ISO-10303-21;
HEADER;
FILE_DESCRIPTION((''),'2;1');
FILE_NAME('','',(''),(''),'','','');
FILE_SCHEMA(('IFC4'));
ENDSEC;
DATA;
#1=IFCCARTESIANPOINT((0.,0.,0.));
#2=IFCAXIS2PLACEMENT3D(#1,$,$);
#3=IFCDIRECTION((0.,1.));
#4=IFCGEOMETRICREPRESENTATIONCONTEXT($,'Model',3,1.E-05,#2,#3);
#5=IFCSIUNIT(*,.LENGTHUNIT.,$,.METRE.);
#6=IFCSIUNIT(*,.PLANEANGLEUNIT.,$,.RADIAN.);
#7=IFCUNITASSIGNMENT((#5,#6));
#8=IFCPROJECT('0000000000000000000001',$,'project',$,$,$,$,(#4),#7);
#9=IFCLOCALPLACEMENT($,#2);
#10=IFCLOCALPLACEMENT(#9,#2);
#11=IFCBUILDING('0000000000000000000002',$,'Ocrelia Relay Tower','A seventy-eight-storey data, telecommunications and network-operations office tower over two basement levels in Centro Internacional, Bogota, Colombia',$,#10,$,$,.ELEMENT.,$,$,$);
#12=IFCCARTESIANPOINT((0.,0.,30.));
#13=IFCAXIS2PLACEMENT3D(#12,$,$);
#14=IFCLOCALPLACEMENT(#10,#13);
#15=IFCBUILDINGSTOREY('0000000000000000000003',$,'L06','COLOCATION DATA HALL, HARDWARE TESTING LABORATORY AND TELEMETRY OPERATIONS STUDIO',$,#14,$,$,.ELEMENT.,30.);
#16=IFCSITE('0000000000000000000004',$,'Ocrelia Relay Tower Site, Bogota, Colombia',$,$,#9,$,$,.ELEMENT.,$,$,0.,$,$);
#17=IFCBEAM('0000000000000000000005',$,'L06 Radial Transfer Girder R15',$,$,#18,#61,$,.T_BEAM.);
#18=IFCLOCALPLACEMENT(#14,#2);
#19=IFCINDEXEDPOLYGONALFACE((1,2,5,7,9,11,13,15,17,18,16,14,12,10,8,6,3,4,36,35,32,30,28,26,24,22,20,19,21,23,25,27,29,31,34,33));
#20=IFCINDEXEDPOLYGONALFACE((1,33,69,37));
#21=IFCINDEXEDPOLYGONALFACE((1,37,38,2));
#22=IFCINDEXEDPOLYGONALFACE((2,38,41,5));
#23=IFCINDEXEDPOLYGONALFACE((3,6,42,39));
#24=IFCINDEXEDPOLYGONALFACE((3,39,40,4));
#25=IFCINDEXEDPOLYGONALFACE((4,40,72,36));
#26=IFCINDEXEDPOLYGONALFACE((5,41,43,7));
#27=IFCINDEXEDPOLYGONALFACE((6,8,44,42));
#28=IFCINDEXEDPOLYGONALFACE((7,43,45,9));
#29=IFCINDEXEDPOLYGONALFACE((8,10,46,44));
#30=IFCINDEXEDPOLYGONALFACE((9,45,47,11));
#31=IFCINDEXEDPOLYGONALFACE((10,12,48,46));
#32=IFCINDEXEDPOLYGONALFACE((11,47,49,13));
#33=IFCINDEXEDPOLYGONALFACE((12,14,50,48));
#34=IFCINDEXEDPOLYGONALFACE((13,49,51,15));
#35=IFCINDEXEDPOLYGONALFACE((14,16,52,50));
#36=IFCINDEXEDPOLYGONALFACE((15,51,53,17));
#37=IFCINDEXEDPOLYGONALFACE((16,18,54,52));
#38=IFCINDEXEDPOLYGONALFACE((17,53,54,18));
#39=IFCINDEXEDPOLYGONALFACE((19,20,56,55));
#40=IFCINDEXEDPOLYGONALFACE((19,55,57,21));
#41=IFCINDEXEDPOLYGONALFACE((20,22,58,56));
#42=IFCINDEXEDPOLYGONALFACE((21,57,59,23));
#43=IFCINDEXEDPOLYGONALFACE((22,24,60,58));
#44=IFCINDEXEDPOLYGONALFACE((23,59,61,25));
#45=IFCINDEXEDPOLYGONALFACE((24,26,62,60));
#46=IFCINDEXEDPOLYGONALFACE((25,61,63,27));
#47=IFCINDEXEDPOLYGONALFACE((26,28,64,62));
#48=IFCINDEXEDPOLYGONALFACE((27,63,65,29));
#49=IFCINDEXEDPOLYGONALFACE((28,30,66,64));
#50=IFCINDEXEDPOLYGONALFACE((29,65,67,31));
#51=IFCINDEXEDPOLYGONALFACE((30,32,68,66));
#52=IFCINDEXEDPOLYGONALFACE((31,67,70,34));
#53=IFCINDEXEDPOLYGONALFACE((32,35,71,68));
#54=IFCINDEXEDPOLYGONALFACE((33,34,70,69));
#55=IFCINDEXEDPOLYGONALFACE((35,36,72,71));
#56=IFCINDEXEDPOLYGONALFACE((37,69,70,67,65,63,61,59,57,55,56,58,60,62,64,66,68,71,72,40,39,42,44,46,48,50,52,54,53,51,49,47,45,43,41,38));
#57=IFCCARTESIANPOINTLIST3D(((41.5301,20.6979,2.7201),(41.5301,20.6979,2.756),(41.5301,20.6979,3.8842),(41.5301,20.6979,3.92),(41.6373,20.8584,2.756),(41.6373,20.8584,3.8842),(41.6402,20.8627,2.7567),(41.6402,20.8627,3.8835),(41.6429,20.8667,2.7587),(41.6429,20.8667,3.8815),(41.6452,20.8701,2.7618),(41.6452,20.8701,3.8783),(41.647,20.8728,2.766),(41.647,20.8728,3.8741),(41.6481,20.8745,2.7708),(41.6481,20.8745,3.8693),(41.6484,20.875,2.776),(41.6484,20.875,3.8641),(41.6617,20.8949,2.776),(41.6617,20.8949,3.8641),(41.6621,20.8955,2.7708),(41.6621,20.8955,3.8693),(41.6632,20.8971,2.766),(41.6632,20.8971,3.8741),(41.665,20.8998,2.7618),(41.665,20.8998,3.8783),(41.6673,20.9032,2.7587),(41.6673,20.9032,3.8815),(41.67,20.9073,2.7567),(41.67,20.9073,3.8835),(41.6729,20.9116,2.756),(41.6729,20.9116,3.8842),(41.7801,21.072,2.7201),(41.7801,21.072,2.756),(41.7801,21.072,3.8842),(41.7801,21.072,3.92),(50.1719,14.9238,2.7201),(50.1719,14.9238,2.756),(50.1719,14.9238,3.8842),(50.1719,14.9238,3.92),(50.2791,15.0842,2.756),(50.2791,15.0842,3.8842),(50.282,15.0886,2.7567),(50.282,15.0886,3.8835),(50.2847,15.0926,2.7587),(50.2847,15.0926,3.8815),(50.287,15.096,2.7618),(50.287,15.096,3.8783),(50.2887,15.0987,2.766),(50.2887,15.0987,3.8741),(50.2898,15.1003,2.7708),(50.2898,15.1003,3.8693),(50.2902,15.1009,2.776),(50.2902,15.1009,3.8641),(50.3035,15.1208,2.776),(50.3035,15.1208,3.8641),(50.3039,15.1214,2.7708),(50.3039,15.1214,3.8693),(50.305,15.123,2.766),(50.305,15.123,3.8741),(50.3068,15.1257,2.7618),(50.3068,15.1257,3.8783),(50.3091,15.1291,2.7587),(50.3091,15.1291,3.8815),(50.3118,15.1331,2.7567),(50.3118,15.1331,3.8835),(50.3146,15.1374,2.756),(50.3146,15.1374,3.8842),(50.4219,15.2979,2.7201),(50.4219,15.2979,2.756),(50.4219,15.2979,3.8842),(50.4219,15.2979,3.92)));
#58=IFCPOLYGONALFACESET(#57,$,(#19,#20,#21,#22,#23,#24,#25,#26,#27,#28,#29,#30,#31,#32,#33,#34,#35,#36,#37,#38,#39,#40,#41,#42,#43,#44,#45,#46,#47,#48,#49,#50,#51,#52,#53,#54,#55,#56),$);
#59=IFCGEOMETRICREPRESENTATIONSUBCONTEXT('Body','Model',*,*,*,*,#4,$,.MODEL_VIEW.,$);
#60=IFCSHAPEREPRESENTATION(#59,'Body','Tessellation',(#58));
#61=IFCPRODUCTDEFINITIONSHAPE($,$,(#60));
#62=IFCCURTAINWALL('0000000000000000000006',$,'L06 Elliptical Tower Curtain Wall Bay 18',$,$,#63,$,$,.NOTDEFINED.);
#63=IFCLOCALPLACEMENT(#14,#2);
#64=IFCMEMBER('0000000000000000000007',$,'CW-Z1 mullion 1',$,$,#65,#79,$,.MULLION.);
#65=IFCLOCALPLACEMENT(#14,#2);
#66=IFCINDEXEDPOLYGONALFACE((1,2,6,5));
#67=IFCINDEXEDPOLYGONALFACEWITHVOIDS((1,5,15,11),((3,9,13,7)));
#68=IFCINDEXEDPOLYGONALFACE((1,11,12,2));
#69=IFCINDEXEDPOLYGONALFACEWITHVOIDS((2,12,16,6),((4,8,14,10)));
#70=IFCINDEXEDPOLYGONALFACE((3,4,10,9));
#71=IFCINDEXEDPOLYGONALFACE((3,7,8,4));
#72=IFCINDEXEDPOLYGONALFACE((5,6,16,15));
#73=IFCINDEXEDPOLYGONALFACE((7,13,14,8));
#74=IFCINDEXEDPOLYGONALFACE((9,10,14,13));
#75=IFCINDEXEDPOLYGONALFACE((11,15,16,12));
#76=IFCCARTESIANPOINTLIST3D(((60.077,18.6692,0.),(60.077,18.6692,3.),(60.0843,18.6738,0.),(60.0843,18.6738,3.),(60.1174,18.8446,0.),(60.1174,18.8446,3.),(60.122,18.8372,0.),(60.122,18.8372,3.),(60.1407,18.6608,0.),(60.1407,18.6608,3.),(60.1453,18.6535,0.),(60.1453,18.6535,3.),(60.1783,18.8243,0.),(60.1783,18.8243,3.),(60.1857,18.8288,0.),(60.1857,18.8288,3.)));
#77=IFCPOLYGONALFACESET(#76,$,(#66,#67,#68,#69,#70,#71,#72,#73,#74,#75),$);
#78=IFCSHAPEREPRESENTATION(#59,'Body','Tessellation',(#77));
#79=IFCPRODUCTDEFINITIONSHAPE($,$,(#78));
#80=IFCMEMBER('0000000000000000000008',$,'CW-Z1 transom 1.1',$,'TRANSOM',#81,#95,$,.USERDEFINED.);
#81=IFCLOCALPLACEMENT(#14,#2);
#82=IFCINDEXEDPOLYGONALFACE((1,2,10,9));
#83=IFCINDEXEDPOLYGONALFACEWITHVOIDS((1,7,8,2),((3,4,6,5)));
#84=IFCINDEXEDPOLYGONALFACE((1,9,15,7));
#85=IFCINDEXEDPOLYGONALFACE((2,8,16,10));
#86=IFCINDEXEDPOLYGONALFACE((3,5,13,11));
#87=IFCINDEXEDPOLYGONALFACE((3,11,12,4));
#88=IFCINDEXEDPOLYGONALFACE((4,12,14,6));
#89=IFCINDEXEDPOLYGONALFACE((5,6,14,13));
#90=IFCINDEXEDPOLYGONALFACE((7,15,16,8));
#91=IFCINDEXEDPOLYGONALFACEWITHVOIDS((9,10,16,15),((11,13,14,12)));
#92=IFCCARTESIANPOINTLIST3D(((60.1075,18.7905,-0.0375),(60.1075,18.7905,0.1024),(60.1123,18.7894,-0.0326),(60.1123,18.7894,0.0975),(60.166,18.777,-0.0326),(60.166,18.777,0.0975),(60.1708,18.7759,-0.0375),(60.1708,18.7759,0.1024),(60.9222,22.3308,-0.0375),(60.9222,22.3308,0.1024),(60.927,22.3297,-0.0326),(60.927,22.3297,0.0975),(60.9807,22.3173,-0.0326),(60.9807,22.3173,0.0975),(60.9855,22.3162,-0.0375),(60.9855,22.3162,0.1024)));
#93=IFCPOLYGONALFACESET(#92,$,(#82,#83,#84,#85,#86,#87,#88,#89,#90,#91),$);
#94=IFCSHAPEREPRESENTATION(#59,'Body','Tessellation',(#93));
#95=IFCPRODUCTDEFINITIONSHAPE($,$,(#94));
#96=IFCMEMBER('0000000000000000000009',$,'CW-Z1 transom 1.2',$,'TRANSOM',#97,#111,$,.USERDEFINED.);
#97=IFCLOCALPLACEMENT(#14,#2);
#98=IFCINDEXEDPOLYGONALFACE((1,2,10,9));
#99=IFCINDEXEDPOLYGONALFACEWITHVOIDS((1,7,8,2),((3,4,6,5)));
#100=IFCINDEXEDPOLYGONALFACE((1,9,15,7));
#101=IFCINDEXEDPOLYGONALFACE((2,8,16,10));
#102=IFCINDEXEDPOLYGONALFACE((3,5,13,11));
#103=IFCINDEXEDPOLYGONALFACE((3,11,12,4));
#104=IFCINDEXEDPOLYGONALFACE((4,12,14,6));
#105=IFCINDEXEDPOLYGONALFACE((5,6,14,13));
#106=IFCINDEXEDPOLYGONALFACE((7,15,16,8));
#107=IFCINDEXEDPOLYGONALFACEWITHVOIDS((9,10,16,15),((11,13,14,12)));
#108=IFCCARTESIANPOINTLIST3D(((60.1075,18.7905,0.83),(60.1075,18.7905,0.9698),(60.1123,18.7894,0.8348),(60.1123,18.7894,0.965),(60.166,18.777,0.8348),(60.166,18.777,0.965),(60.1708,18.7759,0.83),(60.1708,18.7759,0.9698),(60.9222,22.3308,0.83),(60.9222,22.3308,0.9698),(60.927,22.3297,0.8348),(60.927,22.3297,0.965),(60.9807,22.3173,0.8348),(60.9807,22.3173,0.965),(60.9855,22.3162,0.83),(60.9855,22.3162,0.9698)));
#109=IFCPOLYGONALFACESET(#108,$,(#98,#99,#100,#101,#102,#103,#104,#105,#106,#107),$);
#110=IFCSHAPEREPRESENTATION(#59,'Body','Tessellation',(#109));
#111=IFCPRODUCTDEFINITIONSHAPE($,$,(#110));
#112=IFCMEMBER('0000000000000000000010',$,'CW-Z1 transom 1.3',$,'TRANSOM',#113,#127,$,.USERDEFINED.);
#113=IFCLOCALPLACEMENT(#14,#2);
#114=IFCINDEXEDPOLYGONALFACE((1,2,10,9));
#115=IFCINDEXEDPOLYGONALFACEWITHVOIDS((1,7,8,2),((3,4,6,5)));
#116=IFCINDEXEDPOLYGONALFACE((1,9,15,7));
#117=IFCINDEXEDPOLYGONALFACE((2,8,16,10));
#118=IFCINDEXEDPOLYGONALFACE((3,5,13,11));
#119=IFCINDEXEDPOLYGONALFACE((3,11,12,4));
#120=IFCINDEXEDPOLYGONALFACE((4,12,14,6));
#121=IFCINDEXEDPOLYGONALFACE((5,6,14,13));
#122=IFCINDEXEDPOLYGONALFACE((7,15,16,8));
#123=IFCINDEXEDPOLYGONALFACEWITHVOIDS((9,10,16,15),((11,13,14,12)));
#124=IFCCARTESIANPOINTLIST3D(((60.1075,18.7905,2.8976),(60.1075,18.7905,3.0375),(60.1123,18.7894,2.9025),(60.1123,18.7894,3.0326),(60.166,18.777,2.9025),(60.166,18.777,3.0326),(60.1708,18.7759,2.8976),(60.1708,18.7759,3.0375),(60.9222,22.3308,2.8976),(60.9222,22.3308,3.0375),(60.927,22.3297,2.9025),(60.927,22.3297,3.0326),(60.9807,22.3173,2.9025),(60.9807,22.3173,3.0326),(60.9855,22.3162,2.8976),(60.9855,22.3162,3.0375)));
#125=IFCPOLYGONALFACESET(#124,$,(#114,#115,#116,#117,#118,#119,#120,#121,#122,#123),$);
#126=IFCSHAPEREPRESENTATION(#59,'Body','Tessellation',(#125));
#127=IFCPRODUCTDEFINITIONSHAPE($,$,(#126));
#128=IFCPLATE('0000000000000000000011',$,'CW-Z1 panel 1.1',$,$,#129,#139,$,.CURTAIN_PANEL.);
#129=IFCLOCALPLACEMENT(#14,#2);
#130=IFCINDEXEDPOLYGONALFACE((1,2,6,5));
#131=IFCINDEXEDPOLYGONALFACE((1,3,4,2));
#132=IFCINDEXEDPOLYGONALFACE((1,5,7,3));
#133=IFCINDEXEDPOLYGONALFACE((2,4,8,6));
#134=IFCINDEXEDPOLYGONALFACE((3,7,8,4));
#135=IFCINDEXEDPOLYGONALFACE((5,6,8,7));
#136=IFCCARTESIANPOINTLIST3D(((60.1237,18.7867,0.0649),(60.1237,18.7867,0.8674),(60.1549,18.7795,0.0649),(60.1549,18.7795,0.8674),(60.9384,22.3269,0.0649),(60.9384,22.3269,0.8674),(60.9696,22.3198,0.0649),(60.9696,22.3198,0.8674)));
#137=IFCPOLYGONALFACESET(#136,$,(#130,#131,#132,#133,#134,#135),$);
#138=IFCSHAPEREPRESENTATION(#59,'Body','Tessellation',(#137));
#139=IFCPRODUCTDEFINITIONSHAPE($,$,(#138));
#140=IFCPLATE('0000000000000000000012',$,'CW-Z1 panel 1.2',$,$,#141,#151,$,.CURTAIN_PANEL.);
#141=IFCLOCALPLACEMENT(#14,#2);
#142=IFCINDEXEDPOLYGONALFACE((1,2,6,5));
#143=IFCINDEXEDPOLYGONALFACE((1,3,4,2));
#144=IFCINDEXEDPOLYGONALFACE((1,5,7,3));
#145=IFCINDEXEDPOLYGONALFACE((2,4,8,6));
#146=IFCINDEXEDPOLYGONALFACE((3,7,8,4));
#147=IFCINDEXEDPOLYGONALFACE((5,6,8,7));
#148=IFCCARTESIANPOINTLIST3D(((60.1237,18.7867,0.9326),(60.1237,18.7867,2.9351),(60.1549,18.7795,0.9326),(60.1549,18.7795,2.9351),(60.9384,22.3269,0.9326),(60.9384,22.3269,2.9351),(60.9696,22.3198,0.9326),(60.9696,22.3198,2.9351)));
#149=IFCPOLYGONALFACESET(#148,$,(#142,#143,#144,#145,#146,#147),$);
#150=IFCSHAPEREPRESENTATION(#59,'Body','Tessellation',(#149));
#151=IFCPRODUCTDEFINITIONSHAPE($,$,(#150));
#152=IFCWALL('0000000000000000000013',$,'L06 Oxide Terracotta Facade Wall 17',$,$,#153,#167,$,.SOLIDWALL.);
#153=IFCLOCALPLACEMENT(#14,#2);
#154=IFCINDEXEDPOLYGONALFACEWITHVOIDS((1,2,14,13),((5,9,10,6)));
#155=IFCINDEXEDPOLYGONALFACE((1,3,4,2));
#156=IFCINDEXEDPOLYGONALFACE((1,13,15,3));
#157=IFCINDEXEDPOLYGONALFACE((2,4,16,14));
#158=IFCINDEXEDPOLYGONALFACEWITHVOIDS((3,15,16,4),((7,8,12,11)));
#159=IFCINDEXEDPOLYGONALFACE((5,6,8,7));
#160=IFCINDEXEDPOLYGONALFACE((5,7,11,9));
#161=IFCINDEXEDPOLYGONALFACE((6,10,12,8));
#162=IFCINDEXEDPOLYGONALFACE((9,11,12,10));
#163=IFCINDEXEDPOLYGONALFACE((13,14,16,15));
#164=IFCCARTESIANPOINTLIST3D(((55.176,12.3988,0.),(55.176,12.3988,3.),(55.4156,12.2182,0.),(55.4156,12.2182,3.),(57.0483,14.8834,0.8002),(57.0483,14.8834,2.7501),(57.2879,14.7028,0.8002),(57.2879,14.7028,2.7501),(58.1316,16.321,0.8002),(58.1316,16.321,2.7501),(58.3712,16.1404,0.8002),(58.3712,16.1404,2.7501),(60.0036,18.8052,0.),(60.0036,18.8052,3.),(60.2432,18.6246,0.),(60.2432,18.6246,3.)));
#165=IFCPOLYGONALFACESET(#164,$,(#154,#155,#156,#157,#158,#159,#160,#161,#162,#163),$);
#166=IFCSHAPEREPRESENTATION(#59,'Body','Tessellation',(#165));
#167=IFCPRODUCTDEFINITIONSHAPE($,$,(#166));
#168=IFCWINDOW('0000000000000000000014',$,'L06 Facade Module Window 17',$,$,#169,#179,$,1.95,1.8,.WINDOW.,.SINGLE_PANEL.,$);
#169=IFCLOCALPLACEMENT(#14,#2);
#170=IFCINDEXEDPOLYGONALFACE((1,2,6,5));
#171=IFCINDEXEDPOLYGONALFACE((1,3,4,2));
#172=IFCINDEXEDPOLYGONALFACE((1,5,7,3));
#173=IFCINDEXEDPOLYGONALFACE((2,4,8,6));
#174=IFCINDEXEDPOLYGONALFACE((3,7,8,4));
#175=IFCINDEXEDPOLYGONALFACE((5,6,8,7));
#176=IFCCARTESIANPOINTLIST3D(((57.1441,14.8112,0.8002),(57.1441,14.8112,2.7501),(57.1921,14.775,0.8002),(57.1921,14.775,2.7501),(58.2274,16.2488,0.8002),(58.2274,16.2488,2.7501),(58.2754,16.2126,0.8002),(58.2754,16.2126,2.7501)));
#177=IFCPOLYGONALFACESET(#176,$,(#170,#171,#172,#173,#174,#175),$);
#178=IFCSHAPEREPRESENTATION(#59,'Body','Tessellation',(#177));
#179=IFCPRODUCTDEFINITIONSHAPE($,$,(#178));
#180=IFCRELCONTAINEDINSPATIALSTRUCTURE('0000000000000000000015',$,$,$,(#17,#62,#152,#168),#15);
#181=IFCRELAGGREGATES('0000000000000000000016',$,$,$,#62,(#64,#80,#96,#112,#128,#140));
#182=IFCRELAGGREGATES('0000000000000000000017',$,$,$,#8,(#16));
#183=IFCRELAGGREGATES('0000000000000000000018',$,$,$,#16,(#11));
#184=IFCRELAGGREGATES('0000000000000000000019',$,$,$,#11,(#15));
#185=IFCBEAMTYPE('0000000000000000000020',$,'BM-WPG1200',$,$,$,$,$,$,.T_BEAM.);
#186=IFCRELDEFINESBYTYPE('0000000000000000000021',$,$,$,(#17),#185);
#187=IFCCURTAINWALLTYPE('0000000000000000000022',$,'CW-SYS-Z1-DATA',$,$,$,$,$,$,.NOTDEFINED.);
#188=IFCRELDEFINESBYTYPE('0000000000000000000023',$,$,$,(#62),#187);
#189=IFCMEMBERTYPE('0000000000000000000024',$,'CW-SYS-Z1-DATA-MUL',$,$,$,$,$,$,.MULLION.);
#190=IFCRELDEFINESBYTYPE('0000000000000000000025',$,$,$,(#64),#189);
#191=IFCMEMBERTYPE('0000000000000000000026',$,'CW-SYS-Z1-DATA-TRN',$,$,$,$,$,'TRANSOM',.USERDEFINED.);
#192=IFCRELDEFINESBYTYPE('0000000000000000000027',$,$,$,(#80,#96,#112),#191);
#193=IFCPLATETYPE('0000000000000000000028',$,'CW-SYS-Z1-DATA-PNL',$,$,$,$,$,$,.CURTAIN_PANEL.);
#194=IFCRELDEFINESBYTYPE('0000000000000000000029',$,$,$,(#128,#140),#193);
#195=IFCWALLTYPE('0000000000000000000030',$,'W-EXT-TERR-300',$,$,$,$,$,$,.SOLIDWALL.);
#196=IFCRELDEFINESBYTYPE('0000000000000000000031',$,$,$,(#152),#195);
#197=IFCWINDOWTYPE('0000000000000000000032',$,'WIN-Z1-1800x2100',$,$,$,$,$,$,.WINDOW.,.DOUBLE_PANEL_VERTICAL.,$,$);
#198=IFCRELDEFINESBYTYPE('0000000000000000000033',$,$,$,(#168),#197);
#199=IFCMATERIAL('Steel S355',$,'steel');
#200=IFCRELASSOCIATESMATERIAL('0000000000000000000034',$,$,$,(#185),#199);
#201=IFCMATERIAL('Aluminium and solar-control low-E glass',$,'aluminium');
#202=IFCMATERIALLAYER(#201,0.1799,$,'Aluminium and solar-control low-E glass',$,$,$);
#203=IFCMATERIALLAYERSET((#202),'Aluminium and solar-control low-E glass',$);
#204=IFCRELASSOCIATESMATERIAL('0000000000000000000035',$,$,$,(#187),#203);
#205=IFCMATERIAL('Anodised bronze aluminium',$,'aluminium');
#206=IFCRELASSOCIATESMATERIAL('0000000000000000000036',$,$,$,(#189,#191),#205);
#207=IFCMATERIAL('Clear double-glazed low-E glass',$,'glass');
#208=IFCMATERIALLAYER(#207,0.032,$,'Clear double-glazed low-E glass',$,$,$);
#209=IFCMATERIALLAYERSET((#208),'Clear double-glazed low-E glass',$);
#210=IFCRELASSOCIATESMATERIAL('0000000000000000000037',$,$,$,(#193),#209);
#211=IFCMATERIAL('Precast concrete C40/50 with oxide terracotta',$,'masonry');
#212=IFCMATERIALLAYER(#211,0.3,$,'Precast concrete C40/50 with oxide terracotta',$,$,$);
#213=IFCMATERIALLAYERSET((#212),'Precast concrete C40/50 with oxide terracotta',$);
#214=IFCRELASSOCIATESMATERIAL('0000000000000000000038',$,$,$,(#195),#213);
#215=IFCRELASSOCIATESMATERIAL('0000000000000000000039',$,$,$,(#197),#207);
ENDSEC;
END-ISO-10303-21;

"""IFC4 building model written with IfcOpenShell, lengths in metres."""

from ifc_helpers import new_model, si_unit, direction, frame, frame_2d, origin, origin_2d, place, context, subcontext, project, spatial, rectangle, hollow_rectangle, i_section, extrude, material, layer, layer_set, material_profile, profile_set, type_object, element, fill, aggregate, save


model = new_model("IFC4")

# Units and contexts
model_context = context("Model", 3, precision=1e-05, world=origin(), true_north=direction((0.0, 1.0)))
body_context = subcontext(model_context, "Body", "Model", "MODEL_VIEW")
ifc_project = project(units=[si_unit("LENGTHUNIT", "METRE"), si_unit("PLANEANGLEUNIT", "RADIAN")], contexts=[model_context])

# Site, building, storey
site_placement = place(None, origin())
site = spatial("IfcSite", under=ifc_project, at=site_placement, Name="Ocrelia Relay Tower Site, Bogota, Colombia", CompositionType="ELEMENT", RefElevation=0.0)
building_placement = place(site_placement, origin())
building = spatial("IfcBuilding", under=site, at=building_placement, Name="Ocrelia Relay Tower", Description="A seventy-eight-storey data, telecommunications and network-operations office tower over two basement levels in Centro Internacional, Bogota, Colombia", CompositionType="ELEMENT")
storey_placement = place(building_placement, frame((0.0, 0.0, 30.0)))
storey = spatial("IfcBuildingStorey", under=building, at=storey_placement, Name="L06", Description="COLOCATION DATA HALL, HARDWARE TESTING LABORATORY AND TELEMETRY OPERATIONS STUDIO", CompositionType="ELEMENT", Elevation=30.0)

# Beam
ifc_material_1 = material(Name="Steel S355", Category="steel")
ifc_material_profile_1 = material_profile(ifc_material_1, i_section(OverallWidth=0.45, OverallDepth=1.2, WebThickness=0.0239, FlangeThickness=0.0359, FilletRadius=0.02, at=origin_2d()), Name="WPG 1200x450")
ifc_profile_set_1 = profile_set([ifc_material_profile_1], Name="Steel S355")
beam_type_1 = type_object("IfcBeamType", Name="BM-WPG1200", PredefinedType="T_BEAM", material=ifc_profile_set_1)
beam_1_placement = place(storey_placement, frame((50.2969, 15.1108, 3.3201), z_axis=(-0.831475, 0.555562, 0.0), x_axis=(-0.555562, -0.831475, 0.0)))
element("IfcBeam", 1, at=beam_1_placement, inside=storey, type_object=beam_type_1, Name="L06 Radial Transfer Girder R15", PredefinedType="T_BEAM", context=body_context, shape_type="SweptSolid", body=[
    extrude(i_section(OverallWidth=0.45, OverallDepth=1.2, WebThickness=0.0239, FlangeThickness=0.0359, FilletRadius=0.02, at=origin_2d()), origin(), (0.0, 0.0, 1.0), 10.3933),
])

# Curtain wall, members, plates
ifc_material_2 = material(Name="Aluminium and solar-control low-E glass", Category="aluminium")
ifc_layer_1 = layer(ifc_material_2, 0.1799, Name="Aluminium and solar-control low-E glass")
ifc_layer_set_1 = layer_set([ifc_layer_1], Name="Aluminium and solar-control low-E glass")
curtain_wall_type = type_object("IfcCurtainWallType", Name="CW-SYS-Z1-DATA", PredefinedType="NOTDEFINED", material=ifc_layer_set_1)
curtain_wall_placement = place(storey_placement, origin())
curtain_wall = element("IfcCurtainWall", 2, at=curtain_wall_placement, inside=storey, type_object=curtain_wall_type, Name="L06 Elliptical Tower Curtain Wall Bay 18", PredefinedType="NOTDEFINED")
ifc_material_3 = material(Name="Anodised bronze aluminium", Category="aluminium")
ifc_material_profile_2 = material_profile(ifc_material_3, hollow_rectangle(XDim=0.0701, YDim=0.1799, WallThickness=0.0061, at=origin_2d()), Name="CW-MUL-180x70")
ifc_profile_set_2 = profile_set([ifc_material_profile_2], Name="Anodised bronze aluminium")
member_type_1 = type_object("IfcMemberType", Name="CW-SYS-Z1-DATA-MUL", PredefinedType="MULLION", material=ifc_profile_set_2)
member_1_placement = place(storey_placement, frame((60.1313, 18.749, 0.0), z_axis=(0.0, 0.0, 1.0), x_axis=(-0.974527, 0.224268, 0.0)))
member_1 = element("IfcMember", 3, at=member_1_placement, type_object=member_type_1, Name="CW-Z1 mullion 1", PredefinedType="MULLION", context=body_context, shape_type="SweptSolid", body=[
    extrude(hollow_rectangle(XDim=0.0701, YDim=0.1799, WallThickness=0.0061, at=origin_2d()), origin(), (0.0, 0.0, 1.0), 3.0),
])
ifc_material_profile_3 = material_profile(ifc_material_3, hollow_rectangle(XDim=0.0649, YDim=0.1399, WallThickness=0.0049, at=origin_2d()), Name="CW-TRN-140x65")
ifc_profile_set_3 = profile_set([ifc_material_profile_3], Name="Anodised bronze aluminium")
member_type_2 = type_object("IfcMemberType", Name="CW-SYS-Z1-DATA-TRN", ElementType="TRANSOM", PredefinedType="USERDEFINED", material=ifc_profile_set_3)
member_2_placement = place(storey_placement, frame((60.1392, 18.7832, 0.0325), z_axis=(0.224261, 0.974529, 0.0), x_axis=(-0.974529, 0.224261, 0.0)))
member_2 = element("IfcMember", 4, at=member_2_placement, type_object=member_type_2, Name="CW-Z1 transom 1.1", ObjectType="TRANSOM", PredefinedType="USERDEFINED", context=body_context, shape_type="SweptSolid", body=[
    extrude(hollow_rectangle(XDim=0.0649, YDim=0.1399, WallThickness=0.0049, at=origin_2d()), origin(), (0.0, 0.0, 1.0), 3.6328),
])
member_3_placement = place(storey_placement, frame((60.1392, 18.7832, 0.8999), z_axis=(0.224261, 0.974529, 0.0), x_axis=(-0.974529, 0.224261, 0.0)))
member_3 = element("IfcMember", 5, at=member_3_placement, type_object=member_type_2, Name="CW-Z1 transom 1.2", ObjectType="TRANSOM", PredefinedType="USERDEFINED", context=body_context, shape_type="SweptSolid", body=[
    extrude(hollow_rectangle(XDim=0.0649, YDim=0.1399, WallThickness=0.0049, at=origin_2d()), origin(), (0.0, 0.0, 1.0), 3.6328),
])
member_4_placement = place(storey_placement, frame((60.1392, 18.7832, 2.9675), z_axis=(0.224261, 0.974529, 0.0), x_axis=(-0.974529, 0.224261, 0.0)))
member_4 = element("IfcMember", 6, at=member_4_placement, type_object=member_type_2, Name="CW-Z1 transom 1.3", ObjectType="TRANSOM", PredefinedType="USERDEFINED", context=body_context, shape_type="SweptSolid", body=[
    extrude(hollow_rectangle(XDim=0.0649, YDim=0.1399, WallThickness=0.0049, at=origin_2d()), origin(), (0.0, 0.0, 1.0), 3.6328),
])
ifc_material_4 = material(Name="Clear double-glazed low-E glass", Category="glass")
ifc_layer_2 = layer(ifc_material_4, 0.032, Name="Clear double-glazed low-E glass")
ifc_layer_set_2 = layer_set([ifc_layer_2], Name="Clear double-glazed low-E glass")
plate_type = type_object("IfcPlateType", Name="CW-SYS-Z1-DATA-PNL", PredefinedType="CURTAIN_PANEL", material=ifc_layer_set_2)
plate_1_placement = place(storey_placement, frame((60.5466, 20.5532, 0.0649), z_axis=(0.0, 0.0, 1.0), x_axis=(0.224268, 0.974527, 0.0)))
plate_1 = element("IfcPlate", 7, at=plate_1_placement, type_object=plate_type, Name="CW-Z1 panel 1.1", PredefinedType="CURTAIN_PANEL", context=body_context, shape_type="SweptSolid", body=[
    extrude(rectangle(XDim=3.6328, YDim=0.032, at=origin_2d()), origin(), (0.0, 0.0, 1.0), 0.8025),
])
plate_2_placement = place(storey_placement, frame((60.5466, 20.5532, 0.9326), z_axis=(0.0, 0.0, 1.0), x_axis=(0.224268, 0.974527, 0.0)))
plate_2 = element("IfcPlate", 8, at=plate_2_placement, type_object=plate_type, Name="CW-Z1 panel 1.2", PredefinedType="CURTAIN_PANEL", context=body_context, shape_type="SweptSolid", body=[
    extrude(rectangle(XDim=3.6328, YDim=0.032, at=origin_2d()), origin(), (0.0, 0.0, 1.0), 2.0024),
])
aggregate(curtain_wall, [member_1, member_2, member_3, member_4, plate_1, plate_2])

# Wall, opening, window
ifc_material_5 = material(Name="Precast concrete C40/50 with oxide terracotta", Category="masonry")
ifc_layer_3 = layer(ifc_material_5, 0.3, Name="Precast concrete C40/50 with oxide terracotta")
ifc_layer_set_3 = layer_set([ifc_layer_3], Name="Precast concrete C40/50 with oxide terracotta")
wall_type_1 = type_object("IfcWallType", Name="W-EXT-TERR-300", PredefinedType="SOLIDWALL", material=ifc_layer_set_3)
wall_1_placement = place(storey_placement, frame((55.2959, 12.3086, 0.0), z_axis=(0.0, 0.0, 1.0), x_axis=(0.601815, 0.798636, 0.0)))
wall_1 = element("IfcWall", 9, at=wall_1_placement, inside=storey, type_object=wall_type_1, Name="L06 Oxide Terracotta Facade Wall 17", PredefinedType="SOLIDWALL", context=body_context, shape_type="SweptSolid", body=[
    extrude(rectangle(XDim=8.0217, YDim=0.3, at=frame_2d((4.0107, 0.0))), origin(), (0.0, 0.0, 1.0), 3.0),
])
opening_placement = place(wall_1_placement, frame((3.1111, 0.0, 0.8)))
opening = element("IfcOpeningElement", 10, at=opening_placement, cuts=wall_1, PredefinedType="OPENING", context=body_context, shape_type="SweptSolid", body=[
    extrude(rectangle(XDim=1.8, YDim=1.95, at=frame_2d((0.8999, 0.9751))), frame((0.0, 0.1602, 0.0), z_axis=(0.0, -1.0, 0.0), x_axis=(1.0, 0.0, 0.0)), (0.0, 0.0, 1.0), 0.3201),
])
window_type = type_object("IfcWindowType", Name="WIN-Z1-1800x2100", PartitioningType="DOUBLE_PANEL_VERTICAL", PredefinedType="WINDOW", material=ifc_material_4)
window_placement = place(opening_placement, origin())
window = element("IfcWindow", 11, at=window_placement, inside=storey, type_object=window_type, Name="L06 Facade Module Window 17", OverallHeight=1.95, OverallWidth=1.8, PartitioningType="SINGLE_PANEL", PredefinedType="WINDOW", context=body_context, shape_type="SweptSolid", body=[
    extrude(rectangle(XDim=1.8, YDim=1.95, at=frame_2d((0.8999, 0.9751))), frame((0.0, 0.03, 0.0), z_axis=(0.0, -1.0, 0.0), x_axis=(1.0, 0.0, 0.0)), (0.0, 0.0, 1.0), 0.0601),
])
fill(opening, window)

save(model, "model.ifc")
